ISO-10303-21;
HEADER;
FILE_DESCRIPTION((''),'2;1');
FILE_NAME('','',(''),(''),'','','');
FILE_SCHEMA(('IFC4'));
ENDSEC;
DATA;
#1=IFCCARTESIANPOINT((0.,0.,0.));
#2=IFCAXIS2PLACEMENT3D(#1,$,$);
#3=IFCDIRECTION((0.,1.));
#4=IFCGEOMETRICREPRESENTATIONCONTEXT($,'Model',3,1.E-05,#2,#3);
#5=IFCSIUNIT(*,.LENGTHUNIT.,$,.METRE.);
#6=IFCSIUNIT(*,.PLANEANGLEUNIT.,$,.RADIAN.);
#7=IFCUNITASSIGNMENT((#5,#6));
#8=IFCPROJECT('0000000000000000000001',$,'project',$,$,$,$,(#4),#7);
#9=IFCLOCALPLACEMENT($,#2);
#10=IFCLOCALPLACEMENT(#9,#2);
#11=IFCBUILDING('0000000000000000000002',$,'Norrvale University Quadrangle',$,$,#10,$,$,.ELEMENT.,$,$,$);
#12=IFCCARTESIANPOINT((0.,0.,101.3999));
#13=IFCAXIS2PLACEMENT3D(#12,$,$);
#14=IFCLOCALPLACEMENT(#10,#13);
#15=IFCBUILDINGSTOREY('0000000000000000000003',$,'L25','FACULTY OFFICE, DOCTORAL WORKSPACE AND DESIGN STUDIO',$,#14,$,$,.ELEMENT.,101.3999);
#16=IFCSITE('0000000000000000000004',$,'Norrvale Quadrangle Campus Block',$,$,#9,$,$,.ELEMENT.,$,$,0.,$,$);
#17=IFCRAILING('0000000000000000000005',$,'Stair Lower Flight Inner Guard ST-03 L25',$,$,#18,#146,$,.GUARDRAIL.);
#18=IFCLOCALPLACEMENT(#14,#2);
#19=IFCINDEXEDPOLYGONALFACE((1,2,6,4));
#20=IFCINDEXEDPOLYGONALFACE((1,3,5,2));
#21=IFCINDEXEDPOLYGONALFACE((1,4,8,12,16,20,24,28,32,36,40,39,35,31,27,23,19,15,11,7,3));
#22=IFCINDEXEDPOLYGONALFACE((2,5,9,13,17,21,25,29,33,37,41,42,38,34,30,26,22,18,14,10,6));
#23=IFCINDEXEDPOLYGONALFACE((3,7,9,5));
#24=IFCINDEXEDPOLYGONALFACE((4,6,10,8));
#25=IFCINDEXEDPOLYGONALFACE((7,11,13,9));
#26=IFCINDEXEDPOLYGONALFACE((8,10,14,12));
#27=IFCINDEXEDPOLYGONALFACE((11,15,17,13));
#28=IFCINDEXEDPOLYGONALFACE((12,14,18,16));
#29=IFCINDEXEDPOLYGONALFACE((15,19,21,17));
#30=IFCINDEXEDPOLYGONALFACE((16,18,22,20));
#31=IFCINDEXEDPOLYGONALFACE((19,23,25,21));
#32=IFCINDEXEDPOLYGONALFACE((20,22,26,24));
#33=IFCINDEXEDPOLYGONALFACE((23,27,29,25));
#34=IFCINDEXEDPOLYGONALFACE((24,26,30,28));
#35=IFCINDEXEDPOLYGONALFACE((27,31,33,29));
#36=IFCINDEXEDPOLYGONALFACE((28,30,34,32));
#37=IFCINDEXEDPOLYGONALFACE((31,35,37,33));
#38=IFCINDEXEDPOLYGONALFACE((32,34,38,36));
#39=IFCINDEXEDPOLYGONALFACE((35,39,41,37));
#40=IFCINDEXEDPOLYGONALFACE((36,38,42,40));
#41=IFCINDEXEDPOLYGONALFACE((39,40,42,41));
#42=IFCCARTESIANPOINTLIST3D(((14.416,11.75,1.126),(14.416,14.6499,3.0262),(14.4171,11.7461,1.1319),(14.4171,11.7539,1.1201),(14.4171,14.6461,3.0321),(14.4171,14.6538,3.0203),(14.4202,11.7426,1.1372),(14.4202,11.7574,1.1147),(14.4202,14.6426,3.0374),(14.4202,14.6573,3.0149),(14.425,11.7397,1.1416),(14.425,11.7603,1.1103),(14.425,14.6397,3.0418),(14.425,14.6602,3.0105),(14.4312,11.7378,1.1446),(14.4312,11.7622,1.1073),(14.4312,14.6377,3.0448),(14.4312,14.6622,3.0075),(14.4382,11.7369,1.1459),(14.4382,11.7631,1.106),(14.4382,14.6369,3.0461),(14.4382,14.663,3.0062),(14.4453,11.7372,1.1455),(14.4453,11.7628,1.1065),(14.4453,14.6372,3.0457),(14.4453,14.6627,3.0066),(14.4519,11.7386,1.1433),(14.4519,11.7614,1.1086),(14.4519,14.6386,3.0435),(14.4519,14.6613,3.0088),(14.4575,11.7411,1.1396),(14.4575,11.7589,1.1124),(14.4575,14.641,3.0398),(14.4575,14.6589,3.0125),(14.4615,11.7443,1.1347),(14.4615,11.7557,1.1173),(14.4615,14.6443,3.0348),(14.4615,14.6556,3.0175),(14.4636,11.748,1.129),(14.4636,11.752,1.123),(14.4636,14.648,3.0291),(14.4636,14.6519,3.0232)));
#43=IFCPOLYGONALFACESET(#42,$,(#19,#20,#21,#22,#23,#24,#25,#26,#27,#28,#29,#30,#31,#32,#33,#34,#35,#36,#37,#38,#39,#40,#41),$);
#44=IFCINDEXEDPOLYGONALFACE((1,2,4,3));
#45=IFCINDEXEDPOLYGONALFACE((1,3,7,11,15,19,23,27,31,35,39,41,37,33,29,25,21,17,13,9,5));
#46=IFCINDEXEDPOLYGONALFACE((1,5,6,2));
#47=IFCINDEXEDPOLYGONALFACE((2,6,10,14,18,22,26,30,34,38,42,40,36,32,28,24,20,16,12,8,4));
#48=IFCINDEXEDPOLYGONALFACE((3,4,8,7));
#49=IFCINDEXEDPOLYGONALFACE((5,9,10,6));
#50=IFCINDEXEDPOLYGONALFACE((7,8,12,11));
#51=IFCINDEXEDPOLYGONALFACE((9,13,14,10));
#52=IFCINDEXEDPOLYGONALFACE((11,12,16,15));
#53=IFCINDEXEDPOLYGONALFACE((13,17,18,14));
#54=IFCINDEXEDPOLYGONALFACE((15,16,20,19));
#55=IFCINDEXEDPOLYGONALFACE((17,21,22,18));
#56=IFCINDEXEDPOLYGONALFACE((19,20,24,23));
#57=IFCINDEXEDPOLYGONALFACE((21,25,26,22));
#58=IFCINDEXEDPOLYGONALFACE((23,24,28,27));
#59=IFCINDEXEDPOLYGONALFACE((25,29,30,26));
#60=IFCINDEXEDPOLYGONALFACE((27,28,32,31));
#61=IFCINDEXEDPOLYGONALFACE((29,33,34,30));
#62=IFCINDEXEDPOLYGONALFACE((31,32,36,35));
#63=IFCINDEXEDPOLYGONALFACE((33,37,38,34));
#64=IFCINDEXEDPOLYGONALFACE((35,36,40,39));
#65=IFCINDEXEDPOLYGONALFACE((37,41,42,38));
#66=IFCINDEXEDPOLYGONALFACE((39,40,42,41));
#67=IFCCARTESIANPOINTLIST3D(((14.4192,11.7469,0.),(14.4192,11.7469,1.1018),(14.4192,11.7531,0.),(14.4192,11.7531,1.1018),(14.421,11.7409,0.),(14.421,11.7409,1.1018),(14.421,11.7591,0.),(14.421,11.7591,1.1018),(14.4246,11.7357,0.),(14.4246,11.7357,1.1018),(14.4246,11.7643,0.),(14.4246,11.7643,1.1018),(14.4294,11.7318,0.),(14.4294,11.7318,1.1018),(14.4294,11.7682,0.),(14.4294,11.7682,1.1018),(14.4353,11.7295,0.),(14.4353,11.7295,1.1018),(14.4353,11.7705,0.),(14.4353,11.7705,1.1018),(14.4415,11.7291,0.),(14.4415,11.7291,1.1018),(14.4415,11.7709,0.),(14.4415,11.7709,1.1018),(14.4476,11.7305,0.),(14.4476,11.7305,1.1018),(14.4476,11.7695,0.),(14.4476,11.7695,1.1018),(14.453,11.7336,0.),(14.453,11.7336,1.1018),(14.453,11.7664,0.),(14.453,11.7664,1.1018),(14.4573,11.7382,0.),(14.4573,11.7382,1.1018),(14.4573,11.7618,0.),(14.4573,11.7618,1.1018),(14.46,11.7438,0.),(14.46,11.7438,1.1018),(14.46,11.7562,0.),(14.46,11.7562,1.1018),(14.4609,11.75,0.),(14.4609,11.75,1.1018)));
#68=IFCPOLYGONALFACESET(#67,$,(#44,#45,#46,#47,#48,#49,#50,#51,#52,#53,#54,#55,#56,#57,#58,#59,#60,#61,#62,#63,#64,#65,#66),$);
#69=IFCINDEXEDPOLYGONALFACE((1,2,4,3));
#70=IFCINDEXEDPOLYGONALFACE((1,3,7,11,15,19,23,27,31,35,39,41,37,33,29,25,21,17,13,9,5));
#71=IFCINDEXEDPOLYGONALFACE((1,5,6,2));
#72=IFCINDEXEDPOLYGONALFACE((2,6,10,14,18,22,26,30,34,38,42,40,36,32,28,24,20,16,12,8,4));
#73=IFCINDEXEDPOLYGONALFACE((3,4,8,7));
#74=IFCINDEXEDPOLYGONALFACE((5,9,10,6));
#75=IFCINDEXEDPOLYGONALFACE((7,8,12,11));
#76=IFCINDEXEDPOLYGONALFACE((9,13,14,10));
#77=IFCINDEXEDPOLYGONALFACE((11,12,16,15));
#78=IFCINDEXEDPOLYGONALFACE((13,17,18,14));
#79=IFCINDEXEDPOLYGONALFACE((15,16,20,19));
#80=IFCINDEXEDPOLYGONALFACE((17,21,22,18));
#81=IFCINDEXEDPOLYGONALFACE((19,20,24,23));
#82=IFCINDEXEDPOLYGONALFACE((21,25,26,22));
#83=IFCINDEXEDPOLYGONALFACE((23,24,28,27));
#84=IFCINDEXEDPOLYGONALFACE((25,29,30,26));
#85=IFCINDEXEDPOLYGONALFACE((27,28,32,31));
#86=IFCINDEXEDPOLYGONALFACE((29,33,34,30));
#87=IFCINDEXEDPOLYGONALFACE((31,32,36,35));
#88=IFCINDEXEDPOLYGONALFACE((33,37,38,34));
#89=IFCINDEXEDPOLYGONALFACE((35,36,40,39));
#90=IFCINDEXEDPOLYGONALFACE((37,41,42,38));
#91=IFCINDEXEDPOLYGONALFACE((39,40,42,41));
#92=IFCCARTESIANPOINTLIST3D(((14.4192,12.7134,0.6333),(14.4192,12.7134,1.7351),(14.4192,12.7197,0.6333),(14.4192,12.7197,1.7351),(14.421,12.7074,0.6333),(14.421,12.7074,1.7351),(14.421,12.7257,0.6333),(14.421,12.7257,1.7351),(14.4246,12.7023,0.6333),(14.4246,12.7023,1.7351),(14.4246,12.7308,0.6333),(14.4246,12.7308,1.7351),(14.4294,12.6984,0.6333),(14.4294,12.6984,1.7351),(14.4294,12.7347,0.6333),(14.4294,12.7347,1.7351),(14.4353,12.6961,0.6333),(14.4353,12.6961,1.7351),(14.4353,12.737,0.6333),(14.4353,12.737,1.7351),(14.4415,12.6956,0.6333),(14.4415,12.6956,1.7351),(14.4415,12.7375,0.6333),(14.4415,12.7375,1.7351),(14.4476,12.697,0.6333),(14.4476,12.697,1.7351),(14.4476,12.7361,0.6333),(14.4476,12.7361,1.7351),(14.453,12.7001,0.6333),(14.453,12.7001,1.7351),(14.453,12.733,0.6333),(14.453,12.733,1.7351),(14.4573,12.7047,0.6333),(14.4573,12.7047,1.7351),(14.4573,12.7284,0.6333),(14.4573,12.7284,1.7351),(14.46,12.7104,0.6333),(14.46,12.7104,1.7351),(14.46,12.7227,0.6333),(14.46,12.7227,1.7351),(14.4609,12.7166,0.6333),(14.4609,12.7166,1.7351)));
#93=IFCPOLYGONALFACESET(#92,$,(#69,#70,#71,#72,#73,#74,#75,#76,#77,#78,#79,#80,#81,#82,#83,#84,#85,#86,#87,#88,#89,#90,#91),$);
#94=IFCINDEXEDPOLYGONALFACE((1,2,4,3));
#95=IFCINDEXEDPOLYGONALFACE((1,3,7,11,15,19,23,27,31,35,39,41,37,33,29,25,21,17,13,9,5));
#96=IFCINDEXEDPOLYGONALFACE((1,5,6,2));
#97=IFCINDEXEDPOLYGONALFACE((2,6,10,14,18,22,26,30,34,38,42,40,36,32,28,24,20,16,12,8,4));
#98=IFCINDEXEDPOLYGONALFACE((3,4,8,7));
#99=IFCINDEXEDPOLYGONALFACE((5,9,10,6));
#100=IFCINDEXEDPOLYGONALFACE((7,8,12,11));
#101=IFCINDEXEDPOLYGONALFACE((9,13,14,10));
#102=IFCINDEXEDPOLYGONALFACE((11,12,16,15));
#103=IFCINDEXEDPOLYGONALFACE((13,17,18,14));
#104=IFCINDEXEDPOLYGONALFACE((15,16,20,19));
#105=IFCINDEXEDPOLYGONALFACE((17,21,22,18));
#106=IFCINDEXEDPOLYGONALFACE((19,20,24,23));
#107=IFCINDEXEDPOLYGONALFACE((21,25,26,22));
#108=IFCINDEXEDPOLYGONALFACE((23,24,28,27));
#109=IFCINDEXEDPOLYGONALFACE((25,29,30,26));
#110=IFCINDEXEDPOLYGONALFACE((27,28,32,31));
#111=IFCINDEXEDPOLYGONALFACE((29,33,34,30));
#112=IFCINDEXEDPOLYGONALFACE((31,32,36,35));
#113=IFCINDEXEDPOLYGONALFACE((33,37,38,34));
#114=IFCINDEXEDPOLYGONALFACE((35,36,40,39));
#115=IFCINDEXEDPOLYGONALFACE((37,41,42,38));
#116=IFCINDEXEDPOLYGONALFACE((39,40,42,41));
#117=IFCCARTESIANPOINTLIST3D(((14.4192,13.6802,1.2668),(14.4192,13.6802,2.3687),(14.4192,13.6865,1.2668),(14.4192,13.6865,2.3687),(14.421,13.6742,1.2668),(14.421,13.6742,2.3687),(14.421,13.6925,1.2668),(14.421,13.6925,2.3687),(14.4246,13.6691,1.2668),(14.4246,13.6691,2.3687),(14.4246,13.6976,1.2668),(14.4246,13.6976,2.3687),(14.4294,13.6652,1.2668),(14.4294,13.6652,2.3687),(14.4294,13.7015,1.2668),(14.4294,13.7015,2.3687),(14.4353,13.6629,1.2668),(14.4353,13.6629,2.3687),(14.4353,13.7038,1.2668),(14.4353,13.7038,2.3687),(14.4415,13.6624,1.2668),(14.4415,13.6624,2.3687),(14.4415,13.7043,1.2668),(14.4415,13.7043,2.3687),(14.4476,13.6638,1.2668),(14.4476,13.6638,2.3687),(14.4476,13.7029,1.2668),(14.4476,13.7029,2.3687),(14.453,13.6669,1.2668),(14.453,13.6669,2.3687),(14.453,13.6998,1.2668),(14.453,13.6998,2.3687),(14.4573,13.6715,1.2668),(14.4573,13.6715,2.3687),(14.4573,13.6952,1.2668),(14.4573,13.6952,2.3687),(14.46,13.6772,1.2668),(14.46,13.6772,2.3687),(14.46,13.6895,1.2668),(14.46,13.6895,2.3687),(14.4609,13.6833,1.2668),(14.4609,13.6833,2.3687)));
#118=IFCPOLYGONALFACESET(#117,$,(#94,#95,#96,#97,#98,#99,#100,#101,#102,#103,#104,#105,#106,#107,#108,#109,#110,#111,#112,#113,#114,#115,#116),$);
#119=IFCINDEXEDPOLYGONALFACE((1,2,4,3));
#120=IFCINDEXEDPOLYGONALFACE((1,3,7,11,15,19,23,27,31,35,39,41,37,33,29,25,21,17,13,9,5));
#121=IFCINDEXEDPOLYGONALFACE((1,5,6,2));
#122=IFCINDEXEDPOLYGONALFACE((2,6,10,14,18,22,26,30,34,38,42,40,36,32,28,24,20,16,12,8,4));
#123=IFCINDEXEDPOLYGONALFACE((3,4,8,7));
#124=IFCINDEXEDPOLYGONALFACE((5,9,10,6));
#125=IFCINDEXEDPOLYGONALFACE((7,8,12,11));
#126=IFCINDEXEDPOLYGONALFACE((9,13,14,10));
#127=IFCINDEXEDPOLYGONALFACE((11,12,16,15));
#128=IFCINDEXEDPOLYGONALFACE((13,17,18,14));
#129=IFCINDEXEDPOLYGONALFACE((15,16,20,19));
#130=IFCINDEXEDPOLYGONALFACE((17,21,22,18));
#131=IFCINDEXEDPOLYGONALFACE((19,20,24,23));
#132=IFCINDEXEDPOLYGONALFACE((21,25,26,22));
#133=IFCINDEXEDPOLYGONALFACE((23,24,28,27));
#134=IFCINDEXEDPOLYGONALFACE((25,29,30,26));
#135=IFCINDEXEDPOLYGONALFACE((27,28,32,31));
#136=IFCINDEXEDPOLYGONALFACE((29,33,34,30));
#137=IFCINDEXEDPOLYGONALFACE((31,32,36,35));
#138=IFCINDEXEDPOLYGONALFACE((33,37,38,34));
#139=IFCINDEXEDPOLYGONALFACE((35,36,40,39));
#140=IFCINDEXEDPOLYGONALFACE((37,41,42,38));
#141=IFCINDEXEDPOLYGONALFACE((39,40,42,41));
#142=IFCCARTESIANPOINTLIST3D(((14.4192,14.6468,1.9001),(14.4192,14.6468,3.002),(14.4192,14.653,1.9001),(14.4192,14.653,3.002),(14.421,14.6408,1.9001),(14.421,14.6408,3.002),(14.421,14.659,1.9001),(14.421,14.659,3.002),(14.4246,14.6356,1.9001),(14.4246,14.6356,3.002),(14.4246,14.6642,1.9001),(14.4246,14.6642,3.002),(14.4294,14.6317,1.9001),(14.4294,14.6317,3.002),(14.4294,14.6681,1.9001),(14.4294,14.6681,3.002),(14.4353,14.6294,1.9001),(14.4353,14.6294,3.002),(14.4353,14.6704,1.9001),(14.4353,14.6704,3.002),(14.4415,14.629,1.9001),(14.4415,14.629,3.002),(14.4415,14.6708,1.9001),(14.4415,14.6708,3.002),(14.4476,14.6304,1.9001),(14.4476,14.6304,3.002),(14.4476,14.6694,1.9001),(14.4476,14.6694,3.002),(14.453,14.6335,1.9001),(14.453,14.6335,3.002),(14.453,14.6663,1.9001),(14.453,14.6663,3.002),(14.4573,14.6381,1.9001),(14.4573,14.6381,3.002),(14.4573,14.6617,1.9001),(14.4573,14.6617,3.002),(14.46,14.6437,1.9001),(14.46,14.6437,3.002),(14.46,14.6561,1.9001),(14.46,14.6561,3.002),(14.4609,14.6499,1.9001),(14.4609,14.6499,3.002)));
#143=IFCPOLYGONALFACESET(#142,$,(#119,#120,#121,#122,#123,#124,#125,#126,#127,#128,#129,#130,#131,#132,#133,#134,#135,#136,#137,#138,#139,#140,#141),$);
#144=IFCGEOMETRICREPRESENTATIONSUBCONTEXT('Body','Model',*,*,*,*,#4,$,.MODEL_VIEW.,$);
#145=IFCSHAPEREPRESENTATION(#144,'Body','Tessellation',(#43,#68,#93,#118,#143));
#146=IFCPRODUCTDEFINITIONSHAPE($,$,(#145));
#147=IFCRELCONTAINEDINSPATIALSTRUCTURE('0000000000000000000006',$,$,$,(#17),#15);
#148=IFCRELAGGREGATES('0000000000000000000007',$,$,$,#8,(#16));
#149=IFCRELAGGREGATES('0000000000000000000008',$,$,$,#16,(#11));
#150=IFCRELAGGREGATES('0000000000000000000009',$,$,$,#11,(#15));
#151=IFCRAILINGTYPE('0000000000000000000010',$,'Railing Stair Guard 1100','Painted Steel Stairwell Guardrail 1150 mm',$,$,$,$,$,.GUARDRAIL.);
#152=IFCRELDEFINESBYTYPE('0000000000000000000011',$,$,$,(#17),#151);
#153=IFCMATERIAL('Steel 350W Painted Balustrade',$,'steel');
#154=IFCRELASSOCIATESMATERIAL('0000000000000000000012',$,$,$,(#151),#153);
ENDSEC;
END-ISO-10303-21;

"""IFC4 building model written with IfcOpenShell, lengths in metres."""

from ifc_helpers import new_model, si_unit, direction, frame, origin, origin_2d, place, context, subcontext, project, spatial, circle, extrude, material, type_object, element, save


model = new_model("IFC4")

# Units and contexts
model_context = context("Model", 3, precision=1e-05, world=origin(), true_north=direction((0.0, 1.0)))
body_context = subcontext(model_context, "Body", "Model", "MODEL_VIEW")
ifc_project = project(units=[si_unit("LENGTHUNIT", "METRE"), si_unit("PLANEANGLEUNIT", "RADIAN")], contexts=[model_context])

# Site, building, storey
site_placement = place(None, origin())
site = spatial("IfcSite", under=ifc_project, at=site_placement, Name="Norrvale Quadrangle Campus Block", CompositionType="ELEMENT", RefElevation=0.0)
building_placement = place(site_placement, origin())
building = spatial("IfcBuilding", under=site, at=building_placement, Name="Norrvale University Quadrangle", CompositionType="ELEMENT")
storey_placement = place(building_placement, frame((0.0, 0.0, 101.3999)))
storey = spatial("IfcBuildingStorey", under=building, at=storey_placement, Name="L25", Description="FACULTY OFFICE, DOCTORAL WORKSPACE AND DESIGN STUDIO", CompositionType="ELEMENT", Elevation=101.3999)

# Railing
ifc_material_1 = material(Name="Steel 350W Painted Balustrade", Category="steel")
railing_type_1 = type_object("IfcRailingType", Name="Railing Stair Guard 1100", Description="Painted Steel Stairwell Guardrail 1150 mm", PredefinedType="GUARDRAIL", material=ifc_material_1)
railing_1_placement = place(storey_placement, frame((14.4399, 11.75, 0.0)))
element("IfcRailing", 1, at=railing_1_placement, inside=storey, type_object=railing_type_1, Name="Stair Lower Flight Inner Guard ST-03 L25", PredefinedType="GUARDRAIL", context=body_context, shape_type="SweptSolid", body=[
    extrude(circle(Radius=0.0239, at=origin_2d()), frame((0.0, 0.0, 1.126), z_axis=(0.0, 0.836433, 0.548069), x_axis=(-1.0, 0.0, 0.0)), (0.0, 0.0, 1.0), 3.467),
    extrude(circle(Radius=0.021, at=origin_2d()), origin(), (0.0, 0.0, 1.0), 1.1018),
    extrude(circle(Radius=0.021, at=origin_2d()), frame((0.0, 0.9666, 0.6333)), (0.0, 0.0, 1.0), 1.1018),
    extrude(circle(Radius=0.021, at=origin_2d()), frame((0.0, 1.9333, 1.2668)), (0.0, 0.0, 1.0), 1.1018),
    extrude(circle(Radius=0.021, at=origin_2d()), frame((0.0, 2.8999, 1.9001)), (0.0, 0.0, 1.0), 1.1018),
])

save(model, "model.ifc")
